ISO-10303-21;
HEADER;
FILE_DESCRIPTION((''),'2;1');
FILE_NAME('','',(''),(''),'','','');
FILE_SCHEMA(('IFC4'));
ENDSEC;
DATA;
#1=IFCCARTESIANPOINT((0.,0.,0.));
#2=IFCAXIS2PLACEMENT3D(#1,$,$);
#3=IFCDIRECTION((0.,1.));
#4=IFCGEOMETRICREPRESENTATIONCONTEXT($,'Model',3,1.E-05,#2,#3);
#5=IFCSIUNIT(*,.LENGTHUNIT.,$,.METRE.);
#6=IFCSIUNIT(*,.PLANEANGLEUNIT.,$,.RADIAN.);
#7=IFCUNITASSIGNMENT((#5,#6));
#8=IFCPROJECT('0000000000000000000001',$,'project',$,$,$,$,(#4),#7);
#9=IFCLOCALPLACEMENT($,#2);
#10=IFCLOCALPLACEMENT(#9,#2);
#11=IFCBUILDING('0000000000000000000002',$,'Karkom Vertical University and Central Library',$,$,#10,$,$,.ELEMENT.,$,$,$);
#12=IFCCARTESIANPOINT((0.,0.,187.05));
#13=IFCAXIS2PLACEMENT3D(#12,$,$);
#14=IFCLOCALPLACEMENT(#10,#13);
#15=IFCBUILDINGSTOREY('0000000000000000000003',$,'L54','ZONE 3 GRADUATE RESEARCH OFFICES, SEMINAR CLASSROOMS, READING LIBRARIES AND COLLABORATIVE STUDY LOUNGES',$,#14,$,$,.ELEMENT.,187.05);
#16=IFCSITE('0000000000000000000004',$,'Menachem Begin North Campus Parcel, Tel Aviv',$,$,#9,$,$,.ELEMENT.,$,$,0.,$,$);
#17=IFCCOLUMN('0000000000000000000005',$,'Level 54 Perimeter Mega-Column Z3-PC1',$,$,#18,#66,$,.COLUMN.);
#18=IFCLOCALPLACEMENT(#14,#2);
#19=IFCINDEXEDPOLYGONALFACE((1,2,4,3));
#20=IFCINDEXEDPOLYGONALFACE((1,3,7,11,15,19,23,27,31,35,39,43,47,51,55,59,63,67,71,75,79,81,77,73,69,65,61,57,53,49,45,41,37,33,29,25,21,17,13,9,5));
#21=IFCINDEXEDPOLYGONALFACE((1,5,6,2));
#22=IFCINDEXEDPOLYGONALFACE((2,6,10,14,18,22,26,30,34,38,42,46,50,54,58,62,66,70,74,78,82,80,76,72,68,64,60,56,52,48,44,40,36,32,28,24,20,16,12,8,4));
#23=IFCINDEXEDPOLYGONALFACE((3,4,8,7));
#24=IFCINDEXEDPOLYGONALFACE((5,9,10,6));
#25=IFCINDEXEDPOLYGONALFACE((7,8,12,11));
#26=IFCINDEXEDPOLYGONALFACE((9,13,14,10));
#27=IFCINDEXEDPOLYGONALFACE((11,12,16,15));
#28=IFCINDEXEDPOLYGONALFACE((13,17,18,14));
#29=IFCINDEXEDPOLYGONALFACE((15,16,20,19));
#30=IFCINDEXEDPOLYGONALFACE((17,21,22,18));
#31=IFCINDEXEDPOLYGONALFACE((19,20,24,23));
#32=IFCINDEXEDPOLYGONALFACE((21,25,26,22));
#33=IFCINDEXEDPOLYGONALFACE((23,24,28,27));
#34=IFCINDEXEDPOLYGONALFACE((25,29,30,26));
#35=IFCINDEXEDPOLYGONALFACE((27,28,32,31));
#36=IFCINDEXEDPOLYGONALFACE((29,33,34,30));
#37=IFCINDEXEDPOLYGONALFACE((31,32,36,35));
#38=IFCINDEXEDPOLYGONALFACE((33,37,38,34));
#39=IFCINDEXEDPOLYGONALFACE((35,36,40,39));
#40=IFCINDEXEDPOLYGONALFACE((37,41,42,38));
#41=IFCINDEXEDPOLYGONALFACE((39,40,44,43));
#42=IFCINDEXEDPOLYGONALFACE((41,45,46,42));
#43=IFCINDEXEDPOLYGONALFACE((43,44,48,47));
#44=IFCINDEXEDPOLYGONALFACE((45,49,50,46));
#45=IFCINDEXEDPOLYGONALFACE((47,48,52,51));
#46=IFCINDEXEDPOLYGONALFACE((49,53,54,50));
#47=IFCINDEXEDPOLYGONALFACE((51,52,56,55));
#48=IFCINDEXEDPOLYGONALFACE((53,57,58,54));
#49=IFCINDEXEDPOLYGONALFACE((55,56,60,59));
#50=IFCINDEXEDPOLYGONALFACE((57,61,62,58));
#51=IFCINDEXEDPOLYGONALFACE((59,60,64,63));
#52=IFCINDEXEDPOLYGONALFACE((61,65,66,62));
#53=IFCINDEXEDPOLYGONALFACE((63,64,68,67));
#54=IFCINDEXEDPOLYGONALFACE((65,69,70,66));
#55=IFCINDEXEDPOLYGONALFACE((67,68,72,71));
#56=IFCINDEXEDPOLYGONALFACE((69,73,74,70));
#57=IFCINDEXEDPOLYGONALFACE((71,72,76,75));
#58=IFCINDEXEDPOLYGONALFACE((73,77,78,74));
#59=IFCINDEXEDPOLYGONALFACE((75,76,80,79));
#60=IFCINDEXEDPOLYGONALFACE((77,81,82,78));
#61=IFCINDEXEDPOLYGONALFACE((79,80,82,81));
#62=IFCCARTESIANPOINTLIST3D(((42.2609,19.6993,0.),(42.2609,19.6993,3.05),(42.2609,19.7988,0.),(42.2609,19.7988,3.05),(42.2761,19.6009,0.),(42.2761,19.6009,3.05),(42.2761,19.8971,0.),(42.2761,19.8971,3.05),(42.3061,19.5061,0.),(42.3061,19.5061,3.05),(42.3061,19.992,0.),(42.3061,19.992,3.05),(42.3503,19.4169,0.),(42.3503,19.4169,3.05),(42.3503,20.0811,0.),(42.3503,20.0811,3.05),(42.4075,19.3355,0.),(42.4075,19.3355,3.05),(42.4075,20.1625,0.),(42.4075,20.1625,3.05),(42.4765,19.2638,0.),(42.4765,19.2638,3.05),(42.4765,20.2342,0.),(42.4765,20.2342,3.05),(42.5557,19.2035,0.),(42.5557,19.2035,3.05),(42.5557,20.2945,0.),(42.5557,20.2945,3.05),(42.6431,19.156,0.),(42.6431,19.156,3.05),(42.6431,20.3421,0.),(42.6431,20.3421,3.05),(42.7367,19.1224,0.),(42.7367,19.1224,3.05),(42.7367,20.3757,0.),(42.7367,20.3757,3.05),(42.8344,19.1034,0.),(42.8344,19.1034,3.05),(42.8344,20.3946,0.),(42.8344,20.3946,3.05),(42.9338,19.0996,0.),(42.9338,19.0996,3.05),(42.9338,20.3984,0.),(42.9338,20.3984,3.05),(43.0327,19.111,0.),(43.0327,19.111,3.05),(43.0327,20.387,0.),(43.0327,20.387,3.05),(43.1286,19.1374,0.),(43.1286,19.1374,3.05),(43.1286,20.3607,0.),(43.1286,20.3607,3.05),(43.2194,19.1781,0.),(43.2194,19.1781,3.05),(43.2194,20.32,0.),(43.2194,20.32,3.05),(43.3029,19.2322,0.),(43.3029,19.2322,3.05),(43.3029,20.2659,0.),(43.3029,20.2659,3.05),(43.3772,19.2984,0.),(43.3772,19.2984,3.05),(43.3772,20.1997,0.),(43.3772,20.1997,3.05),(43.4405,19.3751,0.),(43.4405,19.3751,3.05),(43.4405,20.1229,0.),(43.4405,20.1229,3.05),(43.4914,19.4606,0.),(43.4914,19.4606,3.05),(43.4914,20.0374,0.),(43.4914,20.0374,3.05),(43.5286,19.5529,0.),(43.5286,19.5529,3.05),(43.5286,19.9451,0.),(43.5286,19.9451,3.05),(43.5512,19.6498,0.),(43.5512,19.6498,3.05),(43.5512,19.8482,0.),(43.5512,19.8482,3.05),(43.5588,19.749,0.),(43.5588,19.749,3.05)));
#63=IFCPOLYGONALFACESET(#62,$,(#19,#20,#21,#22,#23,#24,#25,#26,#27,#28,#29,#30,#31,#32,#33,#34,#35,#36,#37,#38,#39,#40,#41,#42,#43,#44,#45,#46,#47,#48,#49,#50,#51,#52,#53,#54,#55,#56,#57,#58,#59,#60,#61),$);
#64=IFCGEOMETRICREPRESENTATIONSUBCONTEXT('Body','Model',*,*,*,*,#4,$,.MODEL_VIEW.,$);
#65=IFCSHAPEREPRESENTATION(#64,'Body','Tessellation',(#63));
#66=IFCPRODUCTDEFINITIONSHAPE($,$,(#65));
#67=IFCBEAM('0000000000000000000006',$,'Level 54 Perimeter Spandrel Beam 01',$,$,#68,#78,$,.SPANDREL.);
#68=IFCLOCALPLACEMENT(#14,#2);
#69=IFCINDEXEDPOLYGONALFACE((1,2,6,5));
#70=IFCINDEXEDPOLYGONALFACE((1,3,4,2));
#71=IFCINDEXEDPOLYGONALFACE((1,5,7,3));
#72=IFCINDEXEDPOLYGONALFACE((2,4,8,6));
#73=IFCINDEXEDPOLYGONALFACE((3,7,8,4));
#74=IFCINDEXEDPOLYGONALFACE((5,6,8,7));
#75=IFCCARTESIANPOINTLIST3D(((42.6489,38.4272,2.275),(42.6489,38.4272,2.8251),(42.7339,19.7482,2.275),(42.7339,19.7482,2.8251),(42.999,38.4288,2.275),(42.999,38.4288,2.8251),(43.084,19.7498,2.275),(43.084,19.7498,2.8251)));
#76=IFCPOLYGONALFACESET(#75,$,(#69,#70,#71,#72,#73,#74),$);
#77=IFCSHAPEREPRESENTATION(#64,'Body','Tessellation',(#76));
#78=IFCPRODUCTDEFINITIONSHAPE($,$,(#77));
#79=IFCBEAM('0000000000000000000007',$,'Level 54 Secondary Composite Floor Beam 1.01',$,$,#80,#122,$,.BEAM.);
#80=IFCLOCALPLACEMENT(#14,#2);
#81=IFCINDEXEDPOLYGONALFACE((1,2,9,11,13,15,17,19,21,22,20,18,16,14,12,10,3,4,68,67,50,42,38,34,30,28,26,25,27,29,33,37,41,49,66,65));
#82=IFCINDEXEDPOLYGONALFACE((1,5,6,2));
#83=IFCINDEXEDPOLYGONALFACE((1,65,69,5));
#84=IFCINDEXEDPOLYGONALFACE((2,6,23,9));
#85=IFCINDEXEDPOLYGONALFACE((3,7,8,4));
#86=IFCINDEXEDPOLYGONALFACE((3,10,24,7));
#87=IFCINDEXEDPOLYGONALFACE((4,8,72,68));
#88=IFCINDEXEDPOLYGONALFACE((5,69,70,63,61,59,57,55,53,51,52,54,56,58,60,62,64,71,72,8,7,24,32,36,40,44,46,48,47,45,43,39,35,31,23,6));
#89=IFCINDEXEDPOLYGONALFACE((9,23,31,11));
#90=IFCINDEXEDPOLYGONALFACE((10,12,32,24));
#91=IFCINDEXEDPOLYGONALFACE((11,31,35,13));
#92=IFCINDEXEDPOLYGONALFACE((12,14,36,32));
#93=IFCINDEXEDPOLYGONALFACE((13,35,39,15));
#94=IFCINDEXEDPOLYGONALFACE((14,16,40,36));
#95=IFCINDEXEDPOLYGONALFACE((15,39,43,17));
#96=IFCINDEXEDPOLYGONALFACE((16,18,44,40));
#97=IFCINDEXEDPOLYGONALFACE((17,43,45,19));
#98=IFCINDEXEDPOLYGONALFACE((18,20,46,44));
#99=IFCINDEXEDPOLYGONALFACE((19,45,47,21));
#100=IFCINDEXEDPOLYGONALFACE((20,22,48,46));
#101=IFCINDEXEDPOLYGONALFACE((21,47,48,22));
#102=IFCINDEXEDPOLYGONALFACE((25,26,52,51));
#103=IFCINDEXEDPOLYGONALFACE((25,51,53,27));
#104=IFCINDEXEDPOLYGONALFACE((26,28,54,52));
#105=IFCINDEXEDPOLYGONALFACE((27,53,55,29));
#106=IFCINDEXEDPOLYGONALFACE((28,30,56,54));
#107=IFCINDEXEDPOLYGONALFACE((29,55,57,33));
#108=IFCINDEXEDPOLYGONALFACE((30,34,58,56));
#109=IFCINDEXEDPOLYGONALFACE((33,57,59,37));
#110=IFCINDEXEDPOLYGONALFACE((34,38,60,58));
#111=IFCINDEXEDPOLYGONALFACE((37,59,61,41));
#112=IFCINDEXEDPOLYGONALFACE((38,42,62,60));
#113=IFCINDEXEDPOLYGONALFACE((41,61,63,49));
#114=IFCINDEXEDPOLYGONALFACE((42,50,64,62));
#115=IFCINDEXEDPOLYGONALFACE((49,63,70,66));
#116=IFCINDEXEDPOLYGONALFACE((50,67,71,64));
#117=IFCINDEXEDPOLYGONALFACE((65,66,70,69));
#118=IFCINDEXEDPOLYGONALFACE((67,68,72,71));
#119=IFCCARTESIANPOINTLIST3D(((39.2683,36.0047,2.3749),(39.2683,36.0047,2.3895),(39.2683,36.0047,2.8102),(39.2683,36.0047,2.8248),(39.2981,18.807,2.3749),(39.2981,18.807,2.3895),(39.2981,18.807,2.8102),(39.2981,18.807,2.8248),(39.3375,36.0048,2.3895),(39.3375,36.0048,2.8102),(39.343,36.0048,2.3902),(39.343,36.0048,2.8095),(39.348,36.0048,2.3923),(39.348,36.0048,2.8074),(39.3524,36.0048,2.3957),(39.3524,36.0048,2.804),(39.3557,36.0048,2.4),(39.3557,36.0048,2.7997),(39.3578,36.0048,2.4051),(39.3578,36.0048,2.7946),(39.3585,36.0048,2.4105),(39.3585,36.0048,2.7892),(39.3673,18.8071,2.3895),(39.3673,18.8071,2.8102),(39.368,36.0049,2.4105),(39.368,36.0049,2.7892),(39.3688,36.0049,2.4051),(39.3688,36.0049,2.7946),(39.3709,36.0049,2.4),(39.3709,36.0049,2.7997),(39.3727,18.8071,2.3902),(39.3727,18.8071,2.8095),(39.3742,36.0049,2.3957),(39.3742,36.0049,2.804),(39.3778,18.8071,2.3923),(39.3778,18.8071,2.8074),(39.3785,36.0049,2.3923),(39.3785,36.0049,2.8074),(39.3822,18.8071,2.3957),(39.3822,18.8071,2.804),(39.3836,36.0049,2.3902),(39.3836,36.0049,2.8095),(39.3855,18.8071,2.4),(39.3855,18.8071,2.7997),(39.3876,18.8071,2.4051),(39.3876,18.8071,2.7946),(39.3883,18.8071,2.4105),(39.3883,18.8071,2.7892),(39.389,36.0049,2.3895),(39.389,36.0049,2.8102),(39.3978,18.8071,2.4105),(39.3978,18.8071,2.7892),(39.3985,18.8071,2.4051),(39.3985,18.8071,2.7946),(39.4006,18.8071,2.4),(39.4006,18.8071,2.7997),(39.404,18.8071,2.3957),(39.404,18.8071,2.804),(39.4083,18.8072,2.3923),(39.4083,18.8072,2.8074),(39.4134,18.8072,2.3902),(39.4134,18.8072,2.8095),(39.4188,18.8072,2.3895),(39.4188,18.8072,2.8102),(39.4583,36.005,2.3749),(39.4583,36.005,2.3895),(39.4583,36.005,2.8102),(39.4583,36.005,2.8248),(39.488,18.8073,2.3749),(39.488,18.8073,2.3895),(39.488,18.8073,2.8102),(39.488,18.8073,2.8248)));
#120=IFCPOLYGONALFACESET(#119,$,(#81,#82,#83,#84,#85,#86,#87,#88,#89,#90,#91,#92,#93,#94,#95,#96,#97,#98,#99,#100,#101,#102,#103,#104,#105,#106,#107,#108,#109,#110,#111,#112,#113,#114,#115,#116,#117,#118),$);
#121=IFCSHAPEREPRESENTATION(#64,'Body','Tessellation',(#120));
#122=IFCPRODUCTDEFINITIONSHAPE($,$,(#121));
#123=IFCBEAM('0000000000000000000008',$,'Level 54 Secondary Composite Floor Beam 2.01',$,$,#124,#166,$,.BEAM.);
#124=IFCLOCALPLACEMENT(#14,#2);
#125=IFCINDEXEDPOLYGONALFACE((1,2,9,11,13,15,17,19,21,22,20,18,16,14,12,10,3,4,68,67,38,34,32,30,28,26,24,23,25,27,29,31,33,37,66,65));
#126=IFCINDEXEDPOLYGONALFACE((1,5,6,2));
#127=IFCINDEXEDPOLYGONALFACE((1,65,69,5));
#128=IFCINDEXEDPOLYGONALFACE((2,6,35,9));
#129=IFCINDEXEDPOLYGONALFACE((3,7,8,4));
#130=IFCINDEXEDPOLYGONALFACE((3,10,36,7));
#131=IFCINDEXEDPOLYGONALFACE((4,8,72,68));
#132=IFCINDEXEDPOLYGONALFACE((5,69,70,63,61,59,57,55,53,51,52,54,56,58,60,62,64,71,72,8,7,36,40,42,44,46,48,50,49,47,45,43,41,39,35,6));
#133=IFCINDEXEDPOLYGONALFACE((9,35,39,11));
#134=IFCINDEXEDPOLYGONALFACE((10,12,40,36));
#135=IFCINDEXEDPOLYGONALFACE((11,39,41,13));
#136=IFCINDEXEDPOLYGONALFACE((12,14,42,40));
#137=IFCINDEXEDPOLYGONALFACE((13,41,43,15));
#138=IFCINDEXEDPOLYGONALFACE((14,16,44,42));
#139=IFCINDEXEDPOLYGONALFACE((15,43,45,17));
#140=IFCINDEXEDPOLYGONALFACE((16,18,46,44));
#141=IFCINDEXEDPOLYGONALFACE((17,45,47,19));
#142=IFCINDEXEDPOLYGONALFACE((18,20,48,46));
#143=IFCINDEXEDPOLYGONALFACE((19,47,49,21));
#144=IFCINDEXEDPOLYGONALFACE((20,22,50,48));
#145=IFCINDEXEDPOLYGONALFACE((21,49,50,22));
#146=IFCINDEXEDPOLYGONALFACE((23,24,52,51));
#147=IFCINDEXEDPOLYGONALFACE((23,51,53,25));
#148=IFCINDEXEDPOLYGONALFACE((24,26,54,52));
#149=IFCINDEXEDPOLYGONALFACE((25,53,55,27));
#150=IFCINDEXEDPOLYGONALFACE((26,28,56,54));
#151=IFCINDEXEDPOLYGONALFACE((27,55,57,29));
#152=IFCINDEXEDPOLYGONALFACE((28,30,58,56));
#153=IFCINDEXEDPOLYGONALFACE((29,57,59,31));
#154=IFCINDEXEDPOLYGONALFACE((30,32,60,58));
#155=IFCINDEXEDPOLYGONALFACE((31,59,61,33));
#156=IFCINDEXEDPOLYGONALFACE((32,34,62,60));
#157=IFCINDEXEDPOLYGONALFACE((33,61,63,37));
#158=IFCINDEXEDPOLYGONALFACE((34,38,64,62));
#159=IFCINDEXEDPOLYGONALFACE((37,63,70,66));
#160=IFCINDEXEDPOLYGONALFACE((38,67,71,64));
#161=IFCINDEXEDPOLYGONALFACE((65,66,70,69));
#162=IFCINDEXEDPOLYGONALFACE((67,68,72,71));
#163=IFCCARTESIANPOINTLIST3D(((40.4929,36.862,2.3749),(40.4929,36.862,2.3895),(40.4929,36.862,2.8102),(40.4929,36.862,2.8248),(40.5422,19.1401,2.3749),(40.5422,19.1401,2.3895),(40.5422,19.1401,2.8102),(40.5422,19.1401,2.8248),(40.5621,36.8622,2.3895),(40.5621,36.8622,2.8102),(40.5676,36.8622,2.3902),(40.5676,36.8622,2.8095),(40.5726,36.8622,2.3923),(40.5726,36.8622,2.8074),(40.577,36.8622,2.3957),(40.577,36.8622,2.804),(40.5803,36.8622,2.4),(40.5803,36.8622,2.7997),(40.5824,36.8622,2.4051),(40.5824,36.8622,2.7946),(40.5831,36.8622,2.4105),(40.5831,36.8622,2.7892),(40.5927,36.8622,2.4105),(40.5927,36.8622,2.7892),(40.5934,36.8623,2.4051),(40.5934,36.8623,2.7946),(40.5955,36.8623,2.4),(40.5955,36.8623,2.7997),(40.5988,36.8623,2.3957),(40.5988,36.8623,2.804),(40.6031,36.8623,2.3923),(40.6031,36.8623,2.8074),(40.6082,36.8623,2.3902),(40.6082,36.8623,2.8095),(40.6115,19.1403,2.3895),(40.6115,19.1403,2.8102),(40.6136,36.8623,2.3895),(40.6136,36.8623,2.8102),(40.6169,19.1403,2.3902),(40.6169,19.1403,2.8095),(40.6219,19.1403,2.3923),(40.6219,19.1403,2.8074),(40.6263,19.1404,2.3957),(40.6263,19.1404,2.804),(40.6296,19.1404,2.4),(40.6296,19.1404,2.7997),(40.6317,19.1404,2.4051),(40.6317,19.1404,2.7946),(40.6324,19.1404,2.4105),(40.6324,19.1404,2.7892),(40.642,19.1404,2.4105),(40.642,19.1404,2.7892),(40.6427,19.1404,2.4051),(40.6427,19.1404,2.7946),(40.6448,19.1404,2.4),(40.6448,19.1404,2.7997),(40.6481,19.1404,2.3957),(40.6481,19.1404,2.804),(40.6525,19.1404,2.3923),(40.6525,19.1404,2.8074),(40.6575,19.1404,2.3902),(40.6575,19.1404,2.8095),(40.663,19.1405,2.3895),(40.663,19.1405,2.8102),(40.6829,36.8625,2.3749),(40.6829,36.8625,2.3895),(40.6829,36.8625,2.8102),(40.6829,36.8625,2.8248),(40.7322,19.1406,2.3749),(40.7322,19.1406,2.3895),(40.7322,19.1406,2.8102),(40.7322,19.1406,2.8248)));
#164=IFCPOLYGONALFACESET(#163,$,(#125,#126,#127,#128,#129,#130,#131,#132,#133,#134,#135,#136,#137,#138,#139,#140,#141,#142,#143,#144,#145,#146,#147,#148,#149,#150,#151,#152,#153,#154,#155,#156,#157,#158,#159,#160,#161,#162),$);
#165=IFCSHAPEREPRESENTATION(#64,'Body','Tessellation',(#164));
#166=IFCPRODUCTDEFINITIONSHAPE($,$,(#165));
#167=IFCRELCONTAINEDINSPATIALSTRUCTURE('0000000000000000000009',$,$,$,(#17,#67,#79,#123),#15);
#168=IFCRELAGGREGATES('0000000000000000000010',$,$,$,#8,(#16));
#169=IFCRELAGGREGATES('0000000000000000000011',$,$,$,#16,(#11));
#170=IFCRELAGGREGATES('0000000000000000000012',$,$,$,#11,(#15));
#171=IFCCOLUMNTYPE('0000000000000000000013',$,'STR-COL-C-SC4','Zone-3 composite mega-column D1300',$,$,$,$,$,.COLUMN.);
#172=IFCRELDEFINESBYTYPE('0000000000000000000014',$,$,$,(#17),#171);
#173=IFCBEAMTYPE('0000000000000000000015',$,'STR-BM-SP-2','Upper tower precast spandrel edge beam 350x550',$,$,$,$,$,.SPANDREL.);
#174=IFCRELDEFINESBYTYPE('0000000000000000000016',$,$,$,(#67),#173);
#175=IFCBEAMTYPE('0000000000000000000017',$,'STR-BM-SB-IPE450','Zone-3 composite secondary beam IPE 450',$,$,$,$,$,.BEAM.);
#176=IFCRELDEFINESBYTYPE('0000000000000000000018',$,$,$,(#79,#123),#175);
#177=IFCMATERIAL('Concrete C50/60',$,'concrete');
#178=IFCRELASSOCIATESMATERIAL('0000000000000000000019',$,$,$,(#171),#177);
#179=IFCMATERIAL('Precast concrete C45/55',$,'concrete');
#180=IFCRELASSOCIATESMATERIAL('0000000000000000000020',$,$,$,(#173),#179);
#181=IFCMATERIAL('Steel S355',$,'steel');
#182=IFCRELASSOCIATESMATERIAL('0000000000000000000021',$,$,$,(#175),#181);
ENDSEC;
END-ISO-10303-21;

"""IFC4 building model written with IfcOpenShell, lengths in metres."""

from ifc_helpers import new_model, si_unit, direction, frame, origin, origin_with_axes, origin_2d, place, context, subcontext, project, spatial, rectangle, circle, i_section, extrude, source, transform, mapped, material, material_profile, profile_set, type_object, element, save


model = new_model("IFC4")

# Units and contexts
model_context = context("Model", 3, precision=1e-05, world=origin(), true_north=direction((0.0, 1.0)))
body_context = subcontext(model_context, "Body", "Model", "MODEL_VIEW")
ifc_project = project(units=[si_unit("LENGTHUNIT", "METRE"), si_unit("PLANEANGLEUNIT", "RADIAN")], contexts=[model_context])

# Site, building, storey
site_placement = place(None, origin())
site = spatial("IfcSite", under=ifc_project, at=site_placement, Name="Menachem Begin North Campus Parcel, Tel Aviv", CompositionType="ELEMENT", RefElevation=0.0)
building_placement = place(site_placement, origin())
building = spatial("IfcBuilding", under=site, at=building_placement, Name="Karkom Vertical University and Central Library", CompositionType="ELEMENT")
storey_placement = place(building_placement, frame((0.0, 0.0, 187.05)))
storey = spatial("IfcBuildingStorey", under=building, at=storey_placement, Name="L54", Description="ZONE 3 GRADUATE RESEARCH OFFICES, SEMINAR CLASSROOMS, READING LIBRARIES AND COLLABORATIVE STUDY LOUNGES", CompositionType="ELEMENT", Elevation=187.05)

# Column
ifc_material_1 = material(Name="Concrete C50/60", Category="concrete")
ifc_material_profile_1 = material_profile(ifc_material_1, circle(Radius=0.6499, at=origin_2d()), Name="CFT-D1300")
ifc_profile_set_1 = profile_set([ifc_material_profile_1], Name="Concrete C50/60")
column_type = type_object("IfcColumnType", Name="STR-COL-C-SC4", Description="Zone-3 composite mega-column D1300", PredefinedType="COLUMN", material=ifc_profile_set_1)
shared_shape_1 = source(origin_with_axes(), body_context, "Body", "SweptSolid", [
    extrude(circle(Radius=0.6499, at=origin_2d()), origin(), (0.0, 0.0, 1.0), 3.05),
])
column_placement = place(storey_placement, frame((42.9089, 19.749, 0.0), z_axis=(0.0, 0.0, 1.0), x_axis=(1.0, 0.0, 0.0)))
element("IfcColumn", 1, at=column_placement, inside=storey, type_object=column_type, Name="Level 54 Perimeter Mega-Column Z3-PC1", PredefinedType="COLUMN", context=body_context, shape_type="MappedRepresentation", body=[
    mapped(shared_shape_1, transform((0.0, 0.0, 0.0), scale=1.0)),
])

# Beams
ifc_material_2 = material(Name="Precast concrete C45/55", Category="concrete")
ifc_material_profile_2 = material_profile(ifc_material_2, rectangle(XDim=0.3501, YDim=0.55, at=origin_2d()), Name="SPB-350x550")
ifc_profile_set_2 = profile_set([ifc_material_profile_2], Name="Precast concrete C45/55")
beam_type_1 = type_object("IfcBeamType", Name="STR-BM-SP-2", Description="Upper tower precast spandrel edge beam 350x550", PredefinedType="SPANDREL", material=ifc_profile_set_2)
shared_shape_2 = source(origin_with_axes(), body_context, "Body", "SweptSolid", [
    extrude(rectangle(XDim=0.3501, YDim=0.55, at=origin_2d()), origin(), (0.0, 0.0, 1.0), 18.6792),
])
beam_1_placement = place(storey_placement, frame((42.9089, 19.749, 2.55), z_axis=(-0.004548, 0.99999, 0.0), x_axis=(-0.99999, -0.004548, 0.0)))
element("IfcBeam", 2, at=beam_1_placement, inside=storey, type_object=beam_type_1, Name="Level 54 Perimeter Spandrel Beam 01", PredefinedType="SPANDREL", context=body_context, shape_type="MappedRepresentation", body=[
    mapped(shared_shape_2, transform((0.0, 0.0, 0.0), scale=1.0)),
])
ifc_material_3 = material(Name="Steel S355", Category="steel")
ifc_material_profile_3 = material_profile(ifc_material_3, i_section(OverallWidth=0.1899, OverallDepth=0.45, WebThickness=0.0095, FlangeThickness=0.0146, FilletRadius=0.021, at=origin_2d()), Name="IPE 450")
ifc_profile_set_3 = profile_set([ifc_material_profile_3], Name="Steel S355")
beam_type_2 = type_object("IfcBeamType", Name="STR-BM-SB-IPE450", Description="Zone-3 composite secondary beam IPE 450", PredefinedType="BEAM", material=ifc_profile_set_3)
shared_shape_3 = source(origin_with_axes(), body_context, "Body", "SweptSolid", [
    extrude(i_section(OverallWidth=0.1899, OverallDepth=0.45, WebThickness=0.0095, FlangeThickness=0.0146, FilletRadius=0.021, at=origin_2d()), origin(), (0.0, 0.0, 1.0), 17.1978),
])
beam_2_placement = place(storey_placement, frame((39.3931, 18.8071, 2.5999), z_axis=(-0.001732, 0.999999, 0.0), x_axis=(-0.999999, -0.001732, 0.0)))
element("IfcBeam", 3, at=beam_2_placement, inside=storey, type_object=beam_type_2, Name="Level 54 Secondary Composite Floor Beam 1.01", PredefinedType="BEAM", context=body_context, shape_type="MappedRepresentation", body=[
    mapped(shared_shape_3, transform((0.0, 0.0, 0.0), scale=1.0)),
])
shared_shape_4 = source(origin_with_axes(), body_context, "Body", "SweptSolid", [
    extrude(i_section(OverallWidth=0.1899, OverallDepth=0.45, WebThickness=0.0095, FlangeThickness=0.0146, FilletRadius=0.021, at=origin_2d()), origin(), (0.0, 0.0, 1.0), 17.7219),
])
beam_3_placement = place(storey_placement, frame((40.6372, 19.1404, 2.5999), z_axis=(-0.002783, 0.999996, 0.0), x_axis=(-0.999996, -0.002783, 0.0)))
element("IfcBeam", 4, at=beam_3_placement, inside=storey, type_object=beam_type_2, Name="Level 54 Secondary Composite Floor Beam 2.01", PredefinedType="BEAM", context=body_context, shape_type="MappedRepresentation", body=[
    mapped(shared_shape_4, transform((0.0, 0.0, 0.0), scale=1.0)),
])

save(model, "model.ifc")
